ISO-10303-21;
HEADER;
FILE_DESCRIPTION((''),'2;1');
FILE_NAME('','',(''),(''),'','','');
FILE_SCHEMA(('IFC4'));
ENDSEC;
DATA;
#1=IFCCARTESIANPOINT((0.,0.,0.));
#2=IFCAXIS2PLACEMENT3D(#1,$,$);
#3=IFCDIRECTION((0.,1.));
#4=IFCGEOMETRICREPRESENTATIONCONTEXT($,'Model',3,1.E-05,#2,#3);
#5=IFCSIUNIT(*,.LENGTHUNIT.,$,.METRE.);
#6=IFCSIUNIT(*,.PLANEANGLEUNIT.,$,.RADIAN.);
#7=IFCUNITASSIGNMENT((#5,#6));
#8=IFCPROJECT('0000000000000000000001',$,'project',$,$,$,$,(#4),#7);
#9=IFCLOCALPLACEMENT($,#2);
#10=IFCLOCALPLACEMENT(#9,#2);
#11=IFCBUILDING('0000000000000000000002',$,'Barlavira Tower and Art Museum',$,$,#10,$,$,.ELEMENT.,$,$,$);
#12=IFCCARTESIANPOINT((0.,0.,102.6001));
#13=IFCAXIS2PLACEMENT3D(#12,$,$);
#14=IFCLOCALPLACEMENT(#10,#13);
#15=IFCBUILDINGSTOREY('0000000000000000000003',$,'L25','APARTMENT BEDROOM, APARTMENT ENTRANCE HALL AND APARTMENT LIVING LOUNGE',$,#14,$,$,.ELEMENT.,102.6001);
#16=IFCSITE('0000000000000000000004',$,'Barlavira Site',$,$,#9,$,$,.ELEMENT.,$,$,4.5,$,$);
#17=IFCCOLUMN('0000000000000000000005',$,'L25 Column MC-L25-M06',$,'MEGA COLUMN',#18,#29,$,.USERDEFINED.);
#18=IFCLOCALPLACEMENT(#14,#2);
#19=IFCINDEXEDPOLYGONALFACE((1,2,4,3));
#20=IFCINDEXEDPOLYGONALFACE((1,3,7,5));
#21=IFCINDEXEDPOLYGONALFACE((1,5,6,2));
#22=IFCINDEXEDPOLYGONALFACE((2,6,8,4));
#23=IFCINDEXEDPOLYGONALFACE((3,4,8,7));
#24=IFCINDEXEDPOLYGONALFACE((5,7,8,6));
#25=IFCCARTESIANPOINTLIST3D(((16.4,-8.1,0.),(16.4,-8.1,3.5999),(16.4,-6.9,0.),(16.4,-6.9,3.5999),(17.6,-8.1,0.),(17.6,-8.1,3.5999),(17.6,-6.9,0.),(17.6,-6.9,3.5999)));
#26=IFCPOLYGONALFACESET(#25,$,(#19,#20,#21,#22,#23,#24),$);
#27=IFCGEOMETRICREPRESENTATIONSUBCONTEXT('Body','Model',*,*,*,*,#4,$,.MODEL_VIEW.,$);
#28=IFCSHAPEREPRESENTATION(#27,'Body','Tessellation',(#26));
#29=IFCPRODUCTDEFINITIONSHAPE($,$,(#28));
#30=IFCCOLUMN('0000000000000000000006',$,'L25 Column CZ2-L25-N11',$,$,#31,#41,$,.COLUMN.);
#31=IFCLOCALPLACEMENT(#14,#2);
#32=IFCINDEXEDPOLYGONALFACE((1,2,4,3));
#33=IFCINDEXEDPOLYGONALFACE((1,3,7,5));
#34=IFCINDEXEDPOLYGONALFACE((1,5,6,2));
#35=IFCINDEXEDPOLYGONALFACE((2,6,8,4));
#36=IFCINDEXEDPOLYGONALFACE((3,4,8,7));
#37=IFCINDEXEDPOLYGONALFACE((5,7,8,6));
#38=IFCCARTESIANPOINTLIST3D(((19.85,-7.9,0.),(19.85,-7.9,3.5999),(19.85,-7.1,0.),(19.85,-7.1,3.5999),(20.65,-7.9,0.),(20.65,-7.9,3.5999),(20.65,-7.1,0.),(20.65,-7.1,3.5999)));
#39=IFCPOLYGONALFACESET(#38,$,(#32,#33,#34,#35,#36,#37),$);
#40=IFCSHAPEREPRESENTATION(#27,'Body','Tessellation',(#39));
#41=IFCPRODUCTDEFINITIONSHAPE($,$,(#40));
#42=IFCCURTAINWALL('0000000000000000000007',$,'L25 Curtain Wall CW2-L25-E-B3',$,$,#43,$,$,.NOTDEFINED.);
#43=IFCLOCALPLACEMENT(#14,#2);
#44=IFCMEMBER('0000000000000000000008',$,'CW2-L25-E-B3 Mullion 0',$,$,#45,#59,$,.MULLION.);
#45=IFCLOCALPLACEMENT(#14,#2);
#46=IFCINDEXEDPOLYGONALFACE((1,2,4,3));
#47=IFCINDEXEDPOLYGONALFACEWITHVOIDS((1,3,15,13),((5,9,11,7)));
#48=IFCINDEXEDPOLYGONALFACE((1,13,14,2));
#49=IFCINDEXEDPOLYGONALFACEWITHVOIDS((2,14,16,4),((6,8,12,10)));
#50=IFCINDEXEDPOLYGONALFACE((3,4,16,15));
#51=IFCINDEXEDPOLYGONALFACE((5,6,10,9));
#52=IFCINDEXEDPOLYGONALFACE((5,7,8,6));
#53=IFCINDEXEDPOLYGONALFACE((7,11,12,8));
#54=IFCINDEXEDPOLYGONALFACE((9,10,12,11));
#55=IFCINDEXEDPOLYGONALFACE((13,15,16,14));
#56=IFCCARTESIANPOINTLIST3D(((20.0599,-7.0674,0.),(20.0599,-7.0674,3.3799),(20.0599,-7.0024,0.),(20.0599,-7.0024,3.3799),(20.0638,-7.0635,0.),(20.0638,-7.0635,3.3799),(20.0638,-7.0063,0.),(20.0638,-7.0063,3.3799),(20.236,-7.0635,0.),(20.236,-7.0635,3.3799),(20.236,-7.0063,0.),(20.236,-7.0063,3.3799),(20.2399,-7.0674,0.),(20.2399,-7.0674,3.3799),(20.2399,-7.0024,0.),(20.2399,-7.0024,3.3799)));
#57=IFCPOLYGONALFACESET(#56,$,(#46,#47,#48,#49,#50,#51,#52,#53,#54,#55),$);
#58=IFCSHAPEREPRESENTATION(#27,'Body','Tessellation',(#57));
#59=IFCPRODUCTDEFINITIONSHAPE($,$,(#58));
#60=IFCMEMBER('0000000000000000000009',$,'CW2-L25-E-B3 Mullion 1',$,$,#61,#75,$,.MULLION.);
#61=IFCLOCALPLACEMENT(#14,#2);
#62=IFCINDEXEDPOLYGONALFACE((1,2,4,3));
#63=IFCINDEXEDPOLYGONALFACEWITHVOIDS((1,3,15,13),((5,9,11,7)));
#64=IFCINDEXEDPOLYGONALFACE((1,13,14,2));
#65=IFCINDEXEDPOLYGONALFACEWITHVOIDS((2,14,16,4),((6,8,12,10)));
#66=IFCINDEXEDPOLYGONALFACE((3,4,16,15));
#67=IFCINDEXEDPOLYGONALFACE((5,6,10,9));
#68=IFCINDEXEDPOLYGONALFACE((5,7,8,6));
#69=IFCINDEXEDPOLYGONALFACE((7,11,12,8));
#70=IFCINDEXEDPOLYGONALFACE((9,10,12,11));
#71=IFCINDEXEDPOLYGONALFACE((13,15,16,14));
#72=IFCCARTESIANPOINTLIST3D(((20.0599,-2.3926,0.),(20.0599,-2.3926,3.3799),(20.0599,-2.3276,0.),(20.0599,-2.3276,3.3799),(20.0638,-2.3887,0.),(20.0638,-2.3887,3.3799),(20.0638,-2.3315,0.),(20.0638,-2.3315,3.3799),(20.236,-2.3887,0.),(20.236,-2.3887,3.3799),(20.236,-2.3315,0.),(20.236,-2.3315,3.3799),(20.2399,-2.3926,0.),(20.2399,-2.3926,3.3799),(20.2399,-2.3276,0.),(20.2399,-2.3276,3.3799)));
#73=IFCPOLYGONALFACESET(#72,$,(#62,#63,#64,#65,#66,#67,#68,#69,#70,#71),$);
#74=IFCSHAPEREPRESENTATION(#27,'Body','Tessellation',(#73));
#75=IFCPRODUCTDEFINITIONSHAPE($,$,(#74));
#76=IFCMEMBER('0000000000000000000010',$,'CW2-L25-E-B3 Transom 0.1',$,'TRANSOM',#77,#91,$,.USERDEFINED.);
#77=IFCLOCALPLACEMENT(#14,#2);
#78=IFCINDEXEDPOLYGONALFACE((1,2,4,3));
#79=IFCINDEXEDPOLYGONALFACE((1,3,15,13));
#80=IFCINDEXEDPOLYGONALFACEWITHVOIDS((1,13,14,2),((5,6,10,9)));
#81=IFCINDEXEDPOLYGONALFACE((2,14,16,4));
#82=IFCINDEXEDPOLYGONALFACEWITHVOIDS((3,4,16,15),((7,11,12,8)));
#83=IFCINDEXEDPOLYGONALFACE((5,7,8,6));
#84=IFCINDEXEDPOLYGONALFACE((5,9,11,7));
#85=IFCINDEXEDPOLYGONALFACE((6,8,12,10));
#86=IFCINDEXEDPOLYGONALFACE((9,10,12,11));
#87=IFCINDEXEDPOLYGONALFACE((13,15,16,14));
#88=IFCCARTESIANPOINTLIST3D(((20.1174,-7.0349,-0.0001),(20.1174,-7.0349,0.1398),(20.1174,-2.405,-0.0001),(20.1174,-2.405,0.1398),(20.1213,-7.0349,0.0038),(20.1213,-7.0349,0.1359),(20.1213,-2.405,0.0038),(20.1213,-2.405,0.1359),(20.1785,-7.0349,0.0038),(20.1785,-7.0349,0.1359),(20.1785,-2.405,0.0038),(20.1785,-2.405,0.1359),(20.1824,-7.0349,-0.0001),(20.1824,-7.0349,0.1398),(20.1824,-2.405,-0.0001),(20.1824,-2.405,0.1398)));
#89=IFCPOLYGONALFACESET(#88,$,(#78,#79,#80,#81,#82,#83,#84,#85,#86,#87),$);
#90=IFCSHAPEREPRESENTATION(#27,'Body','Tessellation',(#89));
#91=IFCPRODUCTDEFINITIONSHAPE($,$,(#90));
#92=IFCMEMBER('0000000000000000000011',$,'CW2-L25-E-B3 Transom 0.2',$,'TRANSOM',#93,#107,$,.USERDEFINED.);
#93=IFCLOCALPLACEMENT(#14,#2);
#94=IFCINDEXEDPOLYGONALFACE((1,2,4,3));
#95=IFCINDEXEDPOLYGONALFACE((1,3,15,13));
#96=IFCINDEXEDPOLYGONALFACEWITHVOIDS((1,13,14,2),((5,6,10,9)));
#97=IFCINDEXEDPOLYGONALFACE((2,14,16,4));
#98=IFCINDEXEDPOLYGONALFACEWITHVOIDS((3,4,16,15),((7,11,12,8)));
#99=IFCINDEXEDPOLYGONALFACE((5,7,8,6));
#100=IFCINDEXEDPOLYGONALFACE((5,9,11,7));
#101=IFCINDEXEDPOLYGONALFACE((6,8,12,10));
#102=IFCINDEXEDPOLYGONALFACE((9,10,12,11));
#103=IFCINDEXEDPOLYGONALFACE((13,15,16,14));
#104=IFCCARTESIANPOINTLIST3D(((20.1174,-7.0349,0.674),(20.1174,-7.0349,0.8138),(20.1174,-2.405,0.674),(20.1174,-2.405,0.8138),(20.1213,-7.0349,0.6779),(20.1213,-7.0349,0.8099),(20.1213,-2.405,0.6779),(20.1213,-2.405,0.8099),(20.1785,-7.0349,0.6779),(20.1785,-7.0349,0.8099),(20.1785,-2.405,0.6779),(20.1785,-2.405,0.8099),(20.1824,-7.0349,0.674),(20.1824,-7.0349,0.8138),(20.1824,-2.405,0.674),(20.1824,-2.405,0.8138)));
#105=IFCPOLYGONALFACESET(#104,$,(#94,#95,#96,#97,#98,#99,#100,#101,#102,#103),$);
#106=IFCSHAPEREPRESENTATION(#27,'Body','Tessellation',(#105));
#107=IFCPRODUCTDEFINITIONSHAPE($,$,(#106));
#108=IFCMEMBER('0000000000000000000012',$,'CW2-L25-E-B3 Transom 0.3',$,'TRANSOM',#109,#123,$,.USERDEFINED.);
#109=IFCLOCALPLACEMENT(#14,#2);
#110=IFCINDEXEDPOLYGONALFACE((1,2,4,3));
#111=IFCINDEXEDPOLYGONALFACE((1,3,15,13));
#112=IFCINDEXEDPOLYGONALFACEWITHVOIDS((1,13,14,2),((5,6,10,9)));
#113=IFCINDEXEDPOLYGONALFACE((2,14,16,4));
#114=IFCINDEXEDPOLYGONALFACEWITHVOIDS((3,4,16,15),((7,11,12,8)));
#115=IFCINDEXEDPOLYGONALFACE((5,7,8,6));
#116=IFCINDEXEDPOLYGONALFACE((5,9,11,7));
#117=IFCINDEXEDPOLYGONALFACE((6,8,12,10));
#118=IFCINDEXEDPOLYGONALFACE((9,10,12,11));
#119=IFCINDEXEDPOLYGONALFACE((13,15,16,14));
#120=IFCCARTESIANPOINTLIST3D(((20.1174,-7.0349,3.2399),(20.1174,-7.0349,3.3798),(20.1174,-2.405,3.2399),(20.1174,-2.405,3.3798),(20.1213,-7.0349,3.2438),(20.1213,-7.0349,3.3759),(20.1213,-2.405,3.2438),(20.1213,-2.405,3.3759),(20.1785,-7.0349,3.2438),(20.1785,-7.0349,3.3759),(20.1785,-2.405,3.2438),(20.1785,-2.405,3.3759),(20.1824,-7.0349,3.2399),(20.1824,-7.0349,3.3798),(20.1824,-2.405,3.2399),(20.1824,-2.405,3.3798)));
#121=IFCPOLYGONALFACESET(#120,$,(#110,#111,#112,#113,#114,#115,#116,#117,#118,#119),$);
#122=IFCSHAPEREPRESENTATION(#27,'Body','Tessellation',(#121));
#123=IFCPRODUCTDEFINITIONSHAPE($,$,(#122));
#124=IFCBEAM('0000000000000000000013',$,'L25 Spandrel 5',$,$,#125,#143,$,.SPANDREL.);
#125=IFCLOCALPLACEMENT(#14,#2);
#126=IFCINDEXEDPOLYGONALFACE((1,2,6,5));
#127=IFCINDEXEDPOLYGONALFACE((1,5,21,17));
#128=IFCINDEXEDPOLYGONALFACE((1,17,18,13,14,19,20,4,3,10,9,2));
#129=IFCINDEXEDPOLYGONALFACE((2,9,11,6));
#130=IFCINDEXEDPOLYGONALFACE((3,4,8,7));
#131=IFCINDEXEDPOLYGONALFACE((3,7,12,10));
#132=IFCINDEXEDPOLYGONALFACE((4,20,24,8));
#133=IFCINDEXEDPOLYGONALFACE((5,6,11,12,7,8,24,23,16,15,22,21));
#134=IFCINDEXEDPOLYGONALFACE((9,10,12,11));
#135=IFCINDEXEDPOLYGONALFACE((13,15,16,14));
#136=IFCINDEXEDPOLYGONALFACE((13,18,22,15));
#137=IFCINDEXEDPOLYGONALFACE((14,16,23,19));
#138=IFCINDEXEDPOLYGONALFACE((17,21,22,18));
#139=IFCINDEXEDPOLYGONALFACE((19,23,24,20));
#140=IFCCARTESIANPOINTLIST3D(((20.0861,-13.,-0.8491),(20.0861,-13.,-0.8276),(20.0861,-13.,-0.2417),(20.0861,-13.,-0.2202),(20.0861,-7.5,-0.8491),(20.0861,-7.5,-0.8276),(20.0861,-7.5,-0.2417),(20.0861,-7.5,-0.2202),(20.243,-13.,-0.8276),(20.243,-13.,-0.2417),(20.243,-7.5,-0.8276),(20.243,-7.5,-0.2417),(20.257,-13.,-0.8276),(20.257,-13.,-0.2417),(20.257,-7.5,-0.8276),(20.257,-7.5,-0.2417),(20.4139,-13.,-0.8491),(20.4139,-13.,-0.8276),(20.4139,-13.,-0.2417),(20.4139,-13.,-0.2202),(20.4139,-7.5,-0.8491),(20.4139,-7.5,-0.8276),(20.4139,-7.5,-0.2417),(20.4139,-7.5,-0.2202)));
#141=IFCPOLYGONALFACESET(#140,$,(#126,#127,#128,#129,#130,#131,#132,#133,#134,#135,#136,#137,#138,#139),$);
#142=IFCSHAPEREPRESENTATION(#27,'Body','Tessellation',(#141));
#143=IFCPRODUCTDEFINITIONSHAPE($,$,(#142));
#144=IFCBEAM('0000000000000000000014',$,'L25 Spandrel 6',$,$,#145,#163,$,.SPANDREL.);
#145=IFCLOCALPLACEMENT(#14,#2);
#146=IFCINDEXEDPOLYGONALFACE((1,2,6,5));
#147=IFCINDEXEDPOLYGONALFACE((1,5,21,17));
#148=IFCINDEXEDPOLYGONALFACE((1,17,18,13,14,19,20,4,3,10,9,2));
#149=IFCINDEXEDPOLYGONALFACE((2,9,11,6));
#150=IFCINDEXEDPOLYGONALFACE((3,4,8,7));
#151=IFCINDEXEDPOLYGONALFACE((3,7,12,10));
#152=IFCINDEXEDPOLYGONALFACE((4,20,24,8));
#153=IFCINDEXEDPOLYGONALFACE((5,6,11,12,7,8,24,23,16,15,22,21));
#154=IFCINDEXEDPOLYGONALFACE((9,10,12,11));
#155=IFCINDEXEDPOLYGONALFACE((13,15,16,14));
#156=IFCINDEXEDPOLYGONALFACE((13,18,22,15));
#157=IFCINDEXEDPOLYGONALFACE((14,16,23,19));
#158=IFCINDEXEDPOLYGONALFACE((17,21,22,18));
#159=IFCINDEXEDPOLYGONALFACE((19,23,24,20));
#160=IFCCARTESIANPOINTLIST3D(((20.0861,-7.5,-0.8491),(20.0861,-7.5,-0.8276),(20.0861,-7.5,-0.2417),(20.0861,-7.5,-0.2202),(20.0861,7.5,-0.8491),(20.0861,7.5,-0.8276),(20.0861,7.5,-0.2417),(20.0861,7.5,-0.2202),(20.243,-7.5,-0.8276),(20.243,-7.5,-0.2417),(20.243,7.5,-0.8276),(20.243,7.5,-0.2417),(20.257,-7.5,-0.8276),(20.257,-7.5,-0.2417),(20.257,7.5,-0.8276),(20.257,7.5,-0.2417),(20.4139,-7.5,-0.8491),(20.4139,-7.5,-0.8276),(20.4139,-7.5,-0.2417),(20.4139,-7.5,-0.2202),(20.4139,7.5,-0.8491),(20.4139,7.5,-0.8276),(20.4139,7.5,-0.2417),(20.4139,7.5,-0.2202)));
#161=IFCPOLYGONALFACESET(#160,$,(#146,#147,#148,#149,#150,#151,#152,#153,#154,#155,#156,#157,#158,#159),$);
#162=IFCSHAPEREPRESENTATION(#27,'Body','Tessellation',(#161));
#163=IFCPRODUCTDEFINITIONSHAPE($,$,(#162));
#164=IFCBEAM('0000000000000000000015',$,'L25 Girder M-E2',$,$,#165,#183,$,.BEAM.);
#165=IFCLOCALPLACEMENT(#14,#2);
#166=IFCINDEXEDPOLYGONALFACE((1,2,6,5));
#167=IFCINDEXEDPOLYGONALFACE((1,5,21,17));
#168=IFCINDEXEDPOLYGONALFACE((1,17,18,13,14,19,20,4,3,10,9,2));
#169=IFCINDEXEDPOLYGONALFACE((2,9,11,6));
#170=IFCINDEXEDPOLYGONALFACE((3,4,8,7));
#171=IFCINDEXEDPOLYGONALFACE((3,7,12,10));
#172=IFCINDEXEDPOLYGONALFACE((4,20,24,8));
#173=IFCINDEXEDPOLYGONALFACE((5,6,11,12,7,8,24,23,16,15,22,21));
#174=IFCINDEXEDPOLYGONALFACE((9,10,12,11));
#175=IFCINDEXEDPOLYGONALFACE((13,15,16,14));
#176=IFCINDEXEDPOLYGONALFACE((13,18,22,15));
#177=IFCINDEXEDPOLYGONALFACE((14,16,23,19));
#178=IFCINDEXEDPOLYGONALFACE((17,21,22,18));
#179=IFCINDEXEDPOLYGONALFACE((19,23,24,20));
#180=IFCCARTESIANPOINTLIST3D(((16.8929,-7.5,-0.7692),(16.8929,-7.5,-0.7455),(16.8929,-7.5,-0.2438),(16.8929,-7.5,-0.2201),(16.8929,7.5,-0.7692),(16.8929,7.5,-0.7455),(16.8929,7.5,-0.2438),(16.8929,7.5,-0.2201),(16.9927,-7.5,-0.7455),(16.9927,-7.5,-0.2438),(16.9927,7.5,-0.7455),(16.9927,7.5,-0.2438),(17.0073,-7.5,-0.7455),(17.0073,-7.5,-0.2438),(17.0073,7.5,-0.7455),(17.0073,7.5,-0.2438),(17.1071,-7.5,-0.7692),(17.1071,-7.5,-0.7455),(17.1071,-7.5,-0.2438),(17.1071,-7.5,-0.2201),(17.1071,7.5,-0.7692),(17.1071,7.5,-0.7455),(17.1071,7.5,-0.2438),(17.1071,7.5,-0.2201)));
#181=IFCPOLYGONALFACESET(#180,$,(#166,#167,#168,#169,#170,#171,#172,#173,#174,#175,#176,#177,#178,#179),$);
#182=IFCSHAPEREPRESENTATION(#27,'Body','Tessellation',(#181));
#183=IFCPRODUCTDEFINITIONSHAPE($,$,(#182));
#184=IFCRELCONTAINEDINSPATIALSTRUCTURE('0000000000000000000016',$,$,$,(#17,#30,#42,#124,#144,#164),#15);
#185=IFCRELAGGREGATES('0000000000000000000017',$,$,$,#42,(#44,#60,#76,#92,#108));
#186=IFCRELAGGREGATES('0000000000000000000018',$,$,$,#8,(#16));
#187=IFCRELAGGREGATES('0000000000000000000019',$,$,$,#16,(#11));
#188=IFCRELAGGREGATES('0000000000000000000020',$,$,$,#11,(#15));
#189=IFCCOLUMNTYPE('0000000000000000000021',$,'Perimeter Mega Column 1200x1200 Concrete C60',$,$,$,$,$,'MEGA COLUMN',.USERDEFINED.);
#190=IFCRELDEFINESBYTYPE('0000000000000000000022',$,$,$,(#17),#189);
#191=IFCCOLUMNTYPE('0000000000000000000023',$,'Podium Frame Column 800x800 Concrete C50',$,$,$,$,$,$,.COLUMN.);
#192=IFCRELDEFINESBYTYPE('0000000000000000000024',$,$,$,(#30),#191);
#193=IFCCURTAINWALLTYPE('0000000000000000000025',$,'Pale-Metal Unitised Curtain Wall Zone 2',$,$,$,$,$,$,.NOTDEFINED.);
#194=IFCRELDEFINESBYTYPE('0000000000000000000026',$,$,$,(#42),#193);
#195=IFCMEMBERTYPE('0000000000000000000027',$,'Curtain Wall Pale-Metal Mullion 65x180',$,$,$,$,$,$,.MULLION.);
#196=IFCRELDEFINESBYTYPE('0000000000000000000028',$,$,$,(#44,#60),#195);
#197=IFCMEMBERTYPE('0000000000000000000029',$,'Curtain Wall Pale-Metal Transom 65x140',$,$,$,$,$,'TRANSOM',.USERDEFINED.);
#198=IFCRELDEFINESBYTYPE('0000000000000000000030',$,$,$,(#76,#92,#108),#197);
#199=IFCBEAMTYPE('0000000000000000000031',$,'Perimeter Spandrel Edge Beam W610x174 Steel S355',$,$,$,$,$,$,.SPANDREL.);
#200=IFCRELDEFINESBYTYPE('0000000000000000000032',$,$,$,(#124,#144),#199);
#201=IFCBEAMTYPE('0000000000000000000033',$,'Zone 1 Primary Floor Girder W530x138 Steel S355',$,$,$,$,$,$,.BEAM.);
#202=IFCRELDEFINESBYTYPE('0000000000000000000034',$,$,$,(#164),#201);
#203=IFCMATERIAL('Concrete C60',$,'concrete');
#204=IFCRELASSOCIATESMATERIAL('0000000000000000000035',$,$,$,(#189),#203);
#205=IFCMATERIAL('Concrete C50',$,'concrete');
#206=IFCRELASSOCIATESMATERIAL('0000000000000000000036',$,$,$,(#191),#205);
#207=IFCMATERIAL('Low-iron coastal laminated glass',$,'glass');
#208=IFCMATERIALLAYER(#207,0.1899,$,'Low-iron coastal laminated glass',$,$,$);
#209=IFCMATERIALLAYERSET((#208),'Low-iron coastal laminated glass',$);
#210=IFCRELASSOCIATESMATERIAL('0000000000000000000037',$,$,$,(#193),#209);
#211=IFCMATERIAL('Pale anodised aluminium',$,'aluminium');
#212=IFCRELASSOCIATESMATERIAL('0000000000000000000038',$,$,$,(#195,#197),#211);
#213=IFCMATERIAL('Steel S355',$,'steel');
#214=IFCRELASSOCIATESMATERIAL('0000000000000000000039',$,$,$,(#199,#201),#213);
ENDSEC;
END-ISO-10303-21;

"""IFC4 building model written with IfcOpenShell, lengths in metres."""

from ifc_helpers import new_model, si_unit, direction, frame, origin, origin_2d, place, context, subcontext, project, spatial, rectangle, hollow_rectangle, i_section, extrude, material, layer, layer_set, material_profile, profile_set, type_object, element, aggregate, save


model = new_model("IFC4")

# Units and contexts
model_context = context("Model", 3, precision=1e-05, world=origin(), true_north=direction((0.0, 1.0)))
body_context = subcontext(model_context, "Body", "Model", "MODEL_VIEW")
ifc_project = project(units=[si_unit("LENGTHUNIT", "METRE"), si_unit("PLANEANGLEUNIT", "RADIAN")], contexts=[model_context])

# Site, building, storey
site_placement = place(None, origin())
site = spatial("IfcSite", under=ifc_project, at=site_placement, Name="Barlavira Site", CompositionType="ELEMENT", RefElevation=4.5)
building_placement = place(site_placement, origin())
building = spatial("IfcBuilding", under=site, at=building_placement, Name="Barlavira Tower and Art Museum", CompositionType="ELEMENT")
storey_placement = place(building_placement, frame((0.0, 0.0, 102.6001)))
storey = spatial("IfcBuildingStorey", under=building, at=storey_placement, Name="L25", Description="APARTMENT BEDROOM, APARTMENT ENTRANCE HALL AND APARTMENT LIVING LOUNGE", CompositionType="ELEMENT", Elevation=102.6001)

# Columns
ifc_material_1 = material(Name="Concrete C60", Category="concrete")
ifc_material_profile_1 = material_profile(ifc_material_1, rectangle(XDim=1.2, YDim=1.2, at=origin_2d()), Name="RC-COL 1200x1200")
ifc_profile_set_1 = profile_set([ifc_material_profile_1], Name="Concrete C60")
column_type_1 = type_object("IfcColumnType", Name="Perimeter Mega Column 1200x1200 Concrete C60", ElementType="MEGA COLUMN", PredefinedType="USERDEFINED", material=ifc_profile_set_1)
column_1_placement = place(storey_placement, frame((17.0, -7.5, 0.0), z_axis=(0.0, 0.0, 1.0), x_axis=(1.0, 0.0, 0.0)))
element("IfcColumn", 1, at=column_1_placement, inside=storey, type_object=column_type_1, Name="L25 Column MC-L25-M06", ObjectType="MEGA COLUMN", PredefinedType="USERDEFINED", context=body_context, shape_type="SweptSolid", body=[
    extrude(rectangle(XDim=1.2, YDim=1.2, at=origin_2d()), origin(), (0.0, 0.0, 1.0), 3.5999),
])
ifc_material_2 = material(Name="Concrete C50", Category="concrete")
ifc_material_profile_2 = material_profile(ifc_material_2, rectangle(XDim=0.8, YDim=0.8, at=origin_2d()), Name="RC-COL 800x800")
ifc_profile_set_2 = profile_set([ifc_material_profile_2], Name="Concrete C50")
column_type_2 = type_object("IfcColumnType", Name="Podium Frame Column 800x800 Concrete C50", PredefinedType="COLUMN", material=ifc_profile_set_2)
column_2_placement = place(storey_placement, frame((20.25, -7.5, 0.0), z_axis=(0.0, 0.0, 1.0), x_axis=(1.0, 0.0, 0.0)))
element("IfcColumn", 2, at=column_2_placement, inside=storey, type_object=column_type_2, Name="L25 Column CZ2-L25-N11", PredefinedType="COLUMN", context=body_context, shape_type="SweptSolid", body=[
    extrude(rectangle(XDim=0.8, YDim=0.8, at=origin_2d()), origin(), (0.0, 0.0, 1.0), 3.5999),
])

# Curtain wall, members
ifc_material_3 = material(Name="Low-iron coastal laminated glass", Category="glass")
ifc_layer_1 = layer(ifc_material_3, 0.1899, Name="Low-iron coastal laminated glass")
ifc_layer_set_1 = layer_set([ifc_layer_1], Name="Low-iron coastal laminated glass")
curtain_wall_type = type_object("IfcCurtainWallType", Name="Pale-Metal Unitised Curtain Wall Zone 2", PredefinedType="NOTDEFINED", material=ifc_layer_set_1)
curtain_wall_placement = place(storey_placement, origin())
curtain_wall = element("IfcCurtainWall", 3, at=curtain_wall_placement, inside=storey, type_object=curtain_wall_type, Name="L25 Curtain Wall CW2-L25-E-B3", PredefinedType="NOTDEFINED")
ifc_material_4 = material(Name="Pale anodised aluminium", Category="aluminium")
ifc_material_profile_3 = material_profile(ifc_material_4, hollow_rectangle(XDim=0.0649, YDim=0.1799, WallThickness=0.0039, at=origin_2d()), Name="ALU-MULL 65x180x4")
ifc_profile_set_3 = profile_set([ifc_material_profile_3], Name="Pale anodised aluminium")
member_type_1 = type_object("IfcMemberType", Name="Curtain Wall Pale-Metal Mullion 65x180", PredefinedType="MULLION", material=ifc_profile_set_3)
member_1_placement = place(storey_placement, frame((20.1499, -7.0349, 0.0), z_axis=(0.0, 0.0, 1.0), x_axis=(0.0, 1.0, 0.0)))
member_1 = element("IfcMember", 4, at=member_1_placement, type_object=member_type_1, Name="CW2-L25-E-B3 Mullion 0", PredefinedType="MULLION", context=body_context, shape_type="SweptSolid", body=[
    extrude(hollow_rectangle(XDim=0.0649, YDim=0.1799, WallThickness=0.0039, at=origin_2d()), origin(), (0.0, 0.0, 1.0), 3.3799),
])
member_2_placement = place(storey_placement, frame((20.1499, -2.3601, 0.0), z_axis=(0.0, 0.0, 1.0), x_axis=(0.0, 1.0, 0.0)))
member_2 = element("IfcMember", 5, at=member_2_placement, type_object=member_type_1, Name="CW2-L25-E-B3 Mullion 1", PredefinedType="MULLION", context=body_context, shape_type="SweptSolid", body=[
    extrude(hollow_rectangle(XDim=0.0649, YDim=0.1799, WallThickness=0.0039, at=origin_2d()), origin(), (0.0, 0.0, 1.0), 3.3799),
])
ifc_material_profile_4 = material_profile(ifc_material_4, hollow_rectangle(XDim=0.0649, YDim=0.1399, WallThickness=0.0039, at=origin_2d()), Name="ALU-TRAN 65x140x4")
ifc_profile_set_4 = profile_set([ifc_material_profile_4], Name="Pale anodised aluminium")
member_type_2 = type_object("IfcMemberType", Name="Curtain Wall Pale-Metal Transom 65x140", ElementType="TRANSOM", PredefinedType="USERDEFINED", material=ifc_profile_set_4)
member_3_placement = place(storey_placement, frame((20.1499, -7.0349, 0.0698), z_axis=(0.0, 1.0, 0.0), x_axis=(-1.0, 0.0, 0.0)))
member_3 = element("IfcMember", 6, at=member_3_placement, type_object=member_type_2, Name="CW2-L25-E-B3 Transom 0.1", ObjectType="TRANSOM", PredefinedType="USERDEFINED", context=body_context, shape_type="SweptSolid", body=[
    extrude(hollow_rectangle(XDim=0.0649, YDim=0.1399, WallThickness=0.0039, at=origin_2d()), origin(), (0.0, 0.0, 1.0), 4.6299),
])
member_4_placement = place(storey_placement, frame((20.1499, -7.0349, 0.7439), z_axis=(0.0, 1.0, 0.0), x_axis=(-1.0, 0.0, 0.0)))
member_4 = element("IfcMember", 7, at=member_4_placement, type_object=member_type_2, Name="CW2-L25-E-B3 Transom 0.2", ObjectType="TRANSOM", PredefinedType="USERDEFINED", context=body_context, shape_type="SweptSolid", body=[
    extrude(hollow_rectangle(XDim=0.0649, YDim=0.1399, WallThickness=0.0039, at=origin_2d()), origin(), (0.0, 0.0, 1.0), 4.6299),
])
member_5_placement = place(storey_placement, frame((20.1499, -7.0349, 3.3098), z_axis=(0.0, 1.0, 0.0), x_axis=(-1.0, 0.0, 0.0)))
member_5 = element("IfcMember", 8, at=member_5_placement, type_object=member_type_2, Name="CW2-L25-E-B3 Transom 0.3", ObjectType="TRANSOM", PredefinedType="USERDEFINED", context=body_context, shape_type="SweptSolid", body=[
    extrude(hollow_rectangle(XDim=0.0649, YDim=0.1399, WallThickness=0.0039, at=origin_2d()), origin(), (0.0, 0.0, 1.0), 4.6299),
])

# Beams
ifc_material_5 = material(Name="Steel S355", Category="steel")
ifc_material_profile_5 = material_profile(ifc_material_5, i_section(OverallWidth=0.3279, OverallDepth=0.6289, WebThickness=0.0139, FlangeThickness=0.0215, at=origin_2d()), Name="W610x174.0")
ifc_profile_set_5 = profile_set([ifc_material_profile_5], Name="Steel S355")
beam_type_1 = type_object("IfcBeamType", Name="Perimeter Spandrel Edge Beam W610x174 Steel S355", PredefinedType="SPANDREL", material=ifc_profile_set_5)
beam_1_placement = place(storey_placement, frame((20.25, -13.0, -0.5347), z_axis=(0.0, 1.0, 0.0), x_axis=(-1.0, 0.0, 0.0)))
element("IfcBeam", 9, at=beam_1_placement, inside=storey, type_object=beam_type_1, Name="L25 Spandrel 5", PredefinedType="SPANDREL", context=body_context, shape_type="SweptSolid", body=[
    extrude(i_section(OverallWidth=0.3279, OverallDepth=0.6289, WebThickness=0.0139, FlangeThickness=0.0215, at=origin_2d()), origin(), (0.0, 0.0, 1.0), 5.5),
])
beam_2_placement = place(storey_placement, frame((20.25, -7.5, -0.5347), z_axis=(0.0, 1.0, 0.0), x_axis=(-1.0, 0.0, 0.0)))
element("IfcBeam", 10, at=beam_2_placement, inside=storey, type_object=beam_type_1, Name="L25 Spandrel 6", PredefinedType="SPANDREL", context=body_context, shape_type="SweptSolid", body=[
    extrude(i_section(OverallWidth=0.3279, OverallDepth=0.6289, WebThickness=0.0139, FlangeThickness=0.0215, at=origin_2d()), origin(), (0.0, 0.0, 1.0), 15.0),
])
ifc_material_profile_6 = material_profile(ifc_material_5, i_section(OverallWidth=0.2141, OverallDepth=0.5491, WebThickness=0.0146, FlangeThickness=0.0237, at=origin_2d()), Name="W530x138.0")
ifc_profile_set_6 = profile_set([ifc_material_profile_6], Name="Steel S355")
beam_type_2 = type_object("IfcBeamType", Name="Zone 1 Primary Floor Girder W530x138 Steel S355", PredefinedType="BEAM", material=ifc_profile_set_6)
beam_3_placement = place(storey_placement, frame((17.0, -7.5, -0.4946), z_axis=(0.0, 1.0, 0.0), x_axis=(-1.0, 0.0, 0.0)))
element("IfcBeam", 11, at=beam_3_placement, inside=storey, type_object=beam_type_2, Name="L25 Girder M-E2", PredefinedType="BEAM", context=body_context, shape_type="SweptSolid", body=[
    extrude(i_section(OverallWidth=0.2141, OverallDepth=0.5491, WebThickness=0.0146, FlangeThickness=0.0237, at=origin_2d()), origin(), (0.0, 0.0, 1.0), 15.0),
])

aggregate(curtain_wall, [member_1, member_2, member_3, member_4, member_5])

save(model, "model.ifc")
